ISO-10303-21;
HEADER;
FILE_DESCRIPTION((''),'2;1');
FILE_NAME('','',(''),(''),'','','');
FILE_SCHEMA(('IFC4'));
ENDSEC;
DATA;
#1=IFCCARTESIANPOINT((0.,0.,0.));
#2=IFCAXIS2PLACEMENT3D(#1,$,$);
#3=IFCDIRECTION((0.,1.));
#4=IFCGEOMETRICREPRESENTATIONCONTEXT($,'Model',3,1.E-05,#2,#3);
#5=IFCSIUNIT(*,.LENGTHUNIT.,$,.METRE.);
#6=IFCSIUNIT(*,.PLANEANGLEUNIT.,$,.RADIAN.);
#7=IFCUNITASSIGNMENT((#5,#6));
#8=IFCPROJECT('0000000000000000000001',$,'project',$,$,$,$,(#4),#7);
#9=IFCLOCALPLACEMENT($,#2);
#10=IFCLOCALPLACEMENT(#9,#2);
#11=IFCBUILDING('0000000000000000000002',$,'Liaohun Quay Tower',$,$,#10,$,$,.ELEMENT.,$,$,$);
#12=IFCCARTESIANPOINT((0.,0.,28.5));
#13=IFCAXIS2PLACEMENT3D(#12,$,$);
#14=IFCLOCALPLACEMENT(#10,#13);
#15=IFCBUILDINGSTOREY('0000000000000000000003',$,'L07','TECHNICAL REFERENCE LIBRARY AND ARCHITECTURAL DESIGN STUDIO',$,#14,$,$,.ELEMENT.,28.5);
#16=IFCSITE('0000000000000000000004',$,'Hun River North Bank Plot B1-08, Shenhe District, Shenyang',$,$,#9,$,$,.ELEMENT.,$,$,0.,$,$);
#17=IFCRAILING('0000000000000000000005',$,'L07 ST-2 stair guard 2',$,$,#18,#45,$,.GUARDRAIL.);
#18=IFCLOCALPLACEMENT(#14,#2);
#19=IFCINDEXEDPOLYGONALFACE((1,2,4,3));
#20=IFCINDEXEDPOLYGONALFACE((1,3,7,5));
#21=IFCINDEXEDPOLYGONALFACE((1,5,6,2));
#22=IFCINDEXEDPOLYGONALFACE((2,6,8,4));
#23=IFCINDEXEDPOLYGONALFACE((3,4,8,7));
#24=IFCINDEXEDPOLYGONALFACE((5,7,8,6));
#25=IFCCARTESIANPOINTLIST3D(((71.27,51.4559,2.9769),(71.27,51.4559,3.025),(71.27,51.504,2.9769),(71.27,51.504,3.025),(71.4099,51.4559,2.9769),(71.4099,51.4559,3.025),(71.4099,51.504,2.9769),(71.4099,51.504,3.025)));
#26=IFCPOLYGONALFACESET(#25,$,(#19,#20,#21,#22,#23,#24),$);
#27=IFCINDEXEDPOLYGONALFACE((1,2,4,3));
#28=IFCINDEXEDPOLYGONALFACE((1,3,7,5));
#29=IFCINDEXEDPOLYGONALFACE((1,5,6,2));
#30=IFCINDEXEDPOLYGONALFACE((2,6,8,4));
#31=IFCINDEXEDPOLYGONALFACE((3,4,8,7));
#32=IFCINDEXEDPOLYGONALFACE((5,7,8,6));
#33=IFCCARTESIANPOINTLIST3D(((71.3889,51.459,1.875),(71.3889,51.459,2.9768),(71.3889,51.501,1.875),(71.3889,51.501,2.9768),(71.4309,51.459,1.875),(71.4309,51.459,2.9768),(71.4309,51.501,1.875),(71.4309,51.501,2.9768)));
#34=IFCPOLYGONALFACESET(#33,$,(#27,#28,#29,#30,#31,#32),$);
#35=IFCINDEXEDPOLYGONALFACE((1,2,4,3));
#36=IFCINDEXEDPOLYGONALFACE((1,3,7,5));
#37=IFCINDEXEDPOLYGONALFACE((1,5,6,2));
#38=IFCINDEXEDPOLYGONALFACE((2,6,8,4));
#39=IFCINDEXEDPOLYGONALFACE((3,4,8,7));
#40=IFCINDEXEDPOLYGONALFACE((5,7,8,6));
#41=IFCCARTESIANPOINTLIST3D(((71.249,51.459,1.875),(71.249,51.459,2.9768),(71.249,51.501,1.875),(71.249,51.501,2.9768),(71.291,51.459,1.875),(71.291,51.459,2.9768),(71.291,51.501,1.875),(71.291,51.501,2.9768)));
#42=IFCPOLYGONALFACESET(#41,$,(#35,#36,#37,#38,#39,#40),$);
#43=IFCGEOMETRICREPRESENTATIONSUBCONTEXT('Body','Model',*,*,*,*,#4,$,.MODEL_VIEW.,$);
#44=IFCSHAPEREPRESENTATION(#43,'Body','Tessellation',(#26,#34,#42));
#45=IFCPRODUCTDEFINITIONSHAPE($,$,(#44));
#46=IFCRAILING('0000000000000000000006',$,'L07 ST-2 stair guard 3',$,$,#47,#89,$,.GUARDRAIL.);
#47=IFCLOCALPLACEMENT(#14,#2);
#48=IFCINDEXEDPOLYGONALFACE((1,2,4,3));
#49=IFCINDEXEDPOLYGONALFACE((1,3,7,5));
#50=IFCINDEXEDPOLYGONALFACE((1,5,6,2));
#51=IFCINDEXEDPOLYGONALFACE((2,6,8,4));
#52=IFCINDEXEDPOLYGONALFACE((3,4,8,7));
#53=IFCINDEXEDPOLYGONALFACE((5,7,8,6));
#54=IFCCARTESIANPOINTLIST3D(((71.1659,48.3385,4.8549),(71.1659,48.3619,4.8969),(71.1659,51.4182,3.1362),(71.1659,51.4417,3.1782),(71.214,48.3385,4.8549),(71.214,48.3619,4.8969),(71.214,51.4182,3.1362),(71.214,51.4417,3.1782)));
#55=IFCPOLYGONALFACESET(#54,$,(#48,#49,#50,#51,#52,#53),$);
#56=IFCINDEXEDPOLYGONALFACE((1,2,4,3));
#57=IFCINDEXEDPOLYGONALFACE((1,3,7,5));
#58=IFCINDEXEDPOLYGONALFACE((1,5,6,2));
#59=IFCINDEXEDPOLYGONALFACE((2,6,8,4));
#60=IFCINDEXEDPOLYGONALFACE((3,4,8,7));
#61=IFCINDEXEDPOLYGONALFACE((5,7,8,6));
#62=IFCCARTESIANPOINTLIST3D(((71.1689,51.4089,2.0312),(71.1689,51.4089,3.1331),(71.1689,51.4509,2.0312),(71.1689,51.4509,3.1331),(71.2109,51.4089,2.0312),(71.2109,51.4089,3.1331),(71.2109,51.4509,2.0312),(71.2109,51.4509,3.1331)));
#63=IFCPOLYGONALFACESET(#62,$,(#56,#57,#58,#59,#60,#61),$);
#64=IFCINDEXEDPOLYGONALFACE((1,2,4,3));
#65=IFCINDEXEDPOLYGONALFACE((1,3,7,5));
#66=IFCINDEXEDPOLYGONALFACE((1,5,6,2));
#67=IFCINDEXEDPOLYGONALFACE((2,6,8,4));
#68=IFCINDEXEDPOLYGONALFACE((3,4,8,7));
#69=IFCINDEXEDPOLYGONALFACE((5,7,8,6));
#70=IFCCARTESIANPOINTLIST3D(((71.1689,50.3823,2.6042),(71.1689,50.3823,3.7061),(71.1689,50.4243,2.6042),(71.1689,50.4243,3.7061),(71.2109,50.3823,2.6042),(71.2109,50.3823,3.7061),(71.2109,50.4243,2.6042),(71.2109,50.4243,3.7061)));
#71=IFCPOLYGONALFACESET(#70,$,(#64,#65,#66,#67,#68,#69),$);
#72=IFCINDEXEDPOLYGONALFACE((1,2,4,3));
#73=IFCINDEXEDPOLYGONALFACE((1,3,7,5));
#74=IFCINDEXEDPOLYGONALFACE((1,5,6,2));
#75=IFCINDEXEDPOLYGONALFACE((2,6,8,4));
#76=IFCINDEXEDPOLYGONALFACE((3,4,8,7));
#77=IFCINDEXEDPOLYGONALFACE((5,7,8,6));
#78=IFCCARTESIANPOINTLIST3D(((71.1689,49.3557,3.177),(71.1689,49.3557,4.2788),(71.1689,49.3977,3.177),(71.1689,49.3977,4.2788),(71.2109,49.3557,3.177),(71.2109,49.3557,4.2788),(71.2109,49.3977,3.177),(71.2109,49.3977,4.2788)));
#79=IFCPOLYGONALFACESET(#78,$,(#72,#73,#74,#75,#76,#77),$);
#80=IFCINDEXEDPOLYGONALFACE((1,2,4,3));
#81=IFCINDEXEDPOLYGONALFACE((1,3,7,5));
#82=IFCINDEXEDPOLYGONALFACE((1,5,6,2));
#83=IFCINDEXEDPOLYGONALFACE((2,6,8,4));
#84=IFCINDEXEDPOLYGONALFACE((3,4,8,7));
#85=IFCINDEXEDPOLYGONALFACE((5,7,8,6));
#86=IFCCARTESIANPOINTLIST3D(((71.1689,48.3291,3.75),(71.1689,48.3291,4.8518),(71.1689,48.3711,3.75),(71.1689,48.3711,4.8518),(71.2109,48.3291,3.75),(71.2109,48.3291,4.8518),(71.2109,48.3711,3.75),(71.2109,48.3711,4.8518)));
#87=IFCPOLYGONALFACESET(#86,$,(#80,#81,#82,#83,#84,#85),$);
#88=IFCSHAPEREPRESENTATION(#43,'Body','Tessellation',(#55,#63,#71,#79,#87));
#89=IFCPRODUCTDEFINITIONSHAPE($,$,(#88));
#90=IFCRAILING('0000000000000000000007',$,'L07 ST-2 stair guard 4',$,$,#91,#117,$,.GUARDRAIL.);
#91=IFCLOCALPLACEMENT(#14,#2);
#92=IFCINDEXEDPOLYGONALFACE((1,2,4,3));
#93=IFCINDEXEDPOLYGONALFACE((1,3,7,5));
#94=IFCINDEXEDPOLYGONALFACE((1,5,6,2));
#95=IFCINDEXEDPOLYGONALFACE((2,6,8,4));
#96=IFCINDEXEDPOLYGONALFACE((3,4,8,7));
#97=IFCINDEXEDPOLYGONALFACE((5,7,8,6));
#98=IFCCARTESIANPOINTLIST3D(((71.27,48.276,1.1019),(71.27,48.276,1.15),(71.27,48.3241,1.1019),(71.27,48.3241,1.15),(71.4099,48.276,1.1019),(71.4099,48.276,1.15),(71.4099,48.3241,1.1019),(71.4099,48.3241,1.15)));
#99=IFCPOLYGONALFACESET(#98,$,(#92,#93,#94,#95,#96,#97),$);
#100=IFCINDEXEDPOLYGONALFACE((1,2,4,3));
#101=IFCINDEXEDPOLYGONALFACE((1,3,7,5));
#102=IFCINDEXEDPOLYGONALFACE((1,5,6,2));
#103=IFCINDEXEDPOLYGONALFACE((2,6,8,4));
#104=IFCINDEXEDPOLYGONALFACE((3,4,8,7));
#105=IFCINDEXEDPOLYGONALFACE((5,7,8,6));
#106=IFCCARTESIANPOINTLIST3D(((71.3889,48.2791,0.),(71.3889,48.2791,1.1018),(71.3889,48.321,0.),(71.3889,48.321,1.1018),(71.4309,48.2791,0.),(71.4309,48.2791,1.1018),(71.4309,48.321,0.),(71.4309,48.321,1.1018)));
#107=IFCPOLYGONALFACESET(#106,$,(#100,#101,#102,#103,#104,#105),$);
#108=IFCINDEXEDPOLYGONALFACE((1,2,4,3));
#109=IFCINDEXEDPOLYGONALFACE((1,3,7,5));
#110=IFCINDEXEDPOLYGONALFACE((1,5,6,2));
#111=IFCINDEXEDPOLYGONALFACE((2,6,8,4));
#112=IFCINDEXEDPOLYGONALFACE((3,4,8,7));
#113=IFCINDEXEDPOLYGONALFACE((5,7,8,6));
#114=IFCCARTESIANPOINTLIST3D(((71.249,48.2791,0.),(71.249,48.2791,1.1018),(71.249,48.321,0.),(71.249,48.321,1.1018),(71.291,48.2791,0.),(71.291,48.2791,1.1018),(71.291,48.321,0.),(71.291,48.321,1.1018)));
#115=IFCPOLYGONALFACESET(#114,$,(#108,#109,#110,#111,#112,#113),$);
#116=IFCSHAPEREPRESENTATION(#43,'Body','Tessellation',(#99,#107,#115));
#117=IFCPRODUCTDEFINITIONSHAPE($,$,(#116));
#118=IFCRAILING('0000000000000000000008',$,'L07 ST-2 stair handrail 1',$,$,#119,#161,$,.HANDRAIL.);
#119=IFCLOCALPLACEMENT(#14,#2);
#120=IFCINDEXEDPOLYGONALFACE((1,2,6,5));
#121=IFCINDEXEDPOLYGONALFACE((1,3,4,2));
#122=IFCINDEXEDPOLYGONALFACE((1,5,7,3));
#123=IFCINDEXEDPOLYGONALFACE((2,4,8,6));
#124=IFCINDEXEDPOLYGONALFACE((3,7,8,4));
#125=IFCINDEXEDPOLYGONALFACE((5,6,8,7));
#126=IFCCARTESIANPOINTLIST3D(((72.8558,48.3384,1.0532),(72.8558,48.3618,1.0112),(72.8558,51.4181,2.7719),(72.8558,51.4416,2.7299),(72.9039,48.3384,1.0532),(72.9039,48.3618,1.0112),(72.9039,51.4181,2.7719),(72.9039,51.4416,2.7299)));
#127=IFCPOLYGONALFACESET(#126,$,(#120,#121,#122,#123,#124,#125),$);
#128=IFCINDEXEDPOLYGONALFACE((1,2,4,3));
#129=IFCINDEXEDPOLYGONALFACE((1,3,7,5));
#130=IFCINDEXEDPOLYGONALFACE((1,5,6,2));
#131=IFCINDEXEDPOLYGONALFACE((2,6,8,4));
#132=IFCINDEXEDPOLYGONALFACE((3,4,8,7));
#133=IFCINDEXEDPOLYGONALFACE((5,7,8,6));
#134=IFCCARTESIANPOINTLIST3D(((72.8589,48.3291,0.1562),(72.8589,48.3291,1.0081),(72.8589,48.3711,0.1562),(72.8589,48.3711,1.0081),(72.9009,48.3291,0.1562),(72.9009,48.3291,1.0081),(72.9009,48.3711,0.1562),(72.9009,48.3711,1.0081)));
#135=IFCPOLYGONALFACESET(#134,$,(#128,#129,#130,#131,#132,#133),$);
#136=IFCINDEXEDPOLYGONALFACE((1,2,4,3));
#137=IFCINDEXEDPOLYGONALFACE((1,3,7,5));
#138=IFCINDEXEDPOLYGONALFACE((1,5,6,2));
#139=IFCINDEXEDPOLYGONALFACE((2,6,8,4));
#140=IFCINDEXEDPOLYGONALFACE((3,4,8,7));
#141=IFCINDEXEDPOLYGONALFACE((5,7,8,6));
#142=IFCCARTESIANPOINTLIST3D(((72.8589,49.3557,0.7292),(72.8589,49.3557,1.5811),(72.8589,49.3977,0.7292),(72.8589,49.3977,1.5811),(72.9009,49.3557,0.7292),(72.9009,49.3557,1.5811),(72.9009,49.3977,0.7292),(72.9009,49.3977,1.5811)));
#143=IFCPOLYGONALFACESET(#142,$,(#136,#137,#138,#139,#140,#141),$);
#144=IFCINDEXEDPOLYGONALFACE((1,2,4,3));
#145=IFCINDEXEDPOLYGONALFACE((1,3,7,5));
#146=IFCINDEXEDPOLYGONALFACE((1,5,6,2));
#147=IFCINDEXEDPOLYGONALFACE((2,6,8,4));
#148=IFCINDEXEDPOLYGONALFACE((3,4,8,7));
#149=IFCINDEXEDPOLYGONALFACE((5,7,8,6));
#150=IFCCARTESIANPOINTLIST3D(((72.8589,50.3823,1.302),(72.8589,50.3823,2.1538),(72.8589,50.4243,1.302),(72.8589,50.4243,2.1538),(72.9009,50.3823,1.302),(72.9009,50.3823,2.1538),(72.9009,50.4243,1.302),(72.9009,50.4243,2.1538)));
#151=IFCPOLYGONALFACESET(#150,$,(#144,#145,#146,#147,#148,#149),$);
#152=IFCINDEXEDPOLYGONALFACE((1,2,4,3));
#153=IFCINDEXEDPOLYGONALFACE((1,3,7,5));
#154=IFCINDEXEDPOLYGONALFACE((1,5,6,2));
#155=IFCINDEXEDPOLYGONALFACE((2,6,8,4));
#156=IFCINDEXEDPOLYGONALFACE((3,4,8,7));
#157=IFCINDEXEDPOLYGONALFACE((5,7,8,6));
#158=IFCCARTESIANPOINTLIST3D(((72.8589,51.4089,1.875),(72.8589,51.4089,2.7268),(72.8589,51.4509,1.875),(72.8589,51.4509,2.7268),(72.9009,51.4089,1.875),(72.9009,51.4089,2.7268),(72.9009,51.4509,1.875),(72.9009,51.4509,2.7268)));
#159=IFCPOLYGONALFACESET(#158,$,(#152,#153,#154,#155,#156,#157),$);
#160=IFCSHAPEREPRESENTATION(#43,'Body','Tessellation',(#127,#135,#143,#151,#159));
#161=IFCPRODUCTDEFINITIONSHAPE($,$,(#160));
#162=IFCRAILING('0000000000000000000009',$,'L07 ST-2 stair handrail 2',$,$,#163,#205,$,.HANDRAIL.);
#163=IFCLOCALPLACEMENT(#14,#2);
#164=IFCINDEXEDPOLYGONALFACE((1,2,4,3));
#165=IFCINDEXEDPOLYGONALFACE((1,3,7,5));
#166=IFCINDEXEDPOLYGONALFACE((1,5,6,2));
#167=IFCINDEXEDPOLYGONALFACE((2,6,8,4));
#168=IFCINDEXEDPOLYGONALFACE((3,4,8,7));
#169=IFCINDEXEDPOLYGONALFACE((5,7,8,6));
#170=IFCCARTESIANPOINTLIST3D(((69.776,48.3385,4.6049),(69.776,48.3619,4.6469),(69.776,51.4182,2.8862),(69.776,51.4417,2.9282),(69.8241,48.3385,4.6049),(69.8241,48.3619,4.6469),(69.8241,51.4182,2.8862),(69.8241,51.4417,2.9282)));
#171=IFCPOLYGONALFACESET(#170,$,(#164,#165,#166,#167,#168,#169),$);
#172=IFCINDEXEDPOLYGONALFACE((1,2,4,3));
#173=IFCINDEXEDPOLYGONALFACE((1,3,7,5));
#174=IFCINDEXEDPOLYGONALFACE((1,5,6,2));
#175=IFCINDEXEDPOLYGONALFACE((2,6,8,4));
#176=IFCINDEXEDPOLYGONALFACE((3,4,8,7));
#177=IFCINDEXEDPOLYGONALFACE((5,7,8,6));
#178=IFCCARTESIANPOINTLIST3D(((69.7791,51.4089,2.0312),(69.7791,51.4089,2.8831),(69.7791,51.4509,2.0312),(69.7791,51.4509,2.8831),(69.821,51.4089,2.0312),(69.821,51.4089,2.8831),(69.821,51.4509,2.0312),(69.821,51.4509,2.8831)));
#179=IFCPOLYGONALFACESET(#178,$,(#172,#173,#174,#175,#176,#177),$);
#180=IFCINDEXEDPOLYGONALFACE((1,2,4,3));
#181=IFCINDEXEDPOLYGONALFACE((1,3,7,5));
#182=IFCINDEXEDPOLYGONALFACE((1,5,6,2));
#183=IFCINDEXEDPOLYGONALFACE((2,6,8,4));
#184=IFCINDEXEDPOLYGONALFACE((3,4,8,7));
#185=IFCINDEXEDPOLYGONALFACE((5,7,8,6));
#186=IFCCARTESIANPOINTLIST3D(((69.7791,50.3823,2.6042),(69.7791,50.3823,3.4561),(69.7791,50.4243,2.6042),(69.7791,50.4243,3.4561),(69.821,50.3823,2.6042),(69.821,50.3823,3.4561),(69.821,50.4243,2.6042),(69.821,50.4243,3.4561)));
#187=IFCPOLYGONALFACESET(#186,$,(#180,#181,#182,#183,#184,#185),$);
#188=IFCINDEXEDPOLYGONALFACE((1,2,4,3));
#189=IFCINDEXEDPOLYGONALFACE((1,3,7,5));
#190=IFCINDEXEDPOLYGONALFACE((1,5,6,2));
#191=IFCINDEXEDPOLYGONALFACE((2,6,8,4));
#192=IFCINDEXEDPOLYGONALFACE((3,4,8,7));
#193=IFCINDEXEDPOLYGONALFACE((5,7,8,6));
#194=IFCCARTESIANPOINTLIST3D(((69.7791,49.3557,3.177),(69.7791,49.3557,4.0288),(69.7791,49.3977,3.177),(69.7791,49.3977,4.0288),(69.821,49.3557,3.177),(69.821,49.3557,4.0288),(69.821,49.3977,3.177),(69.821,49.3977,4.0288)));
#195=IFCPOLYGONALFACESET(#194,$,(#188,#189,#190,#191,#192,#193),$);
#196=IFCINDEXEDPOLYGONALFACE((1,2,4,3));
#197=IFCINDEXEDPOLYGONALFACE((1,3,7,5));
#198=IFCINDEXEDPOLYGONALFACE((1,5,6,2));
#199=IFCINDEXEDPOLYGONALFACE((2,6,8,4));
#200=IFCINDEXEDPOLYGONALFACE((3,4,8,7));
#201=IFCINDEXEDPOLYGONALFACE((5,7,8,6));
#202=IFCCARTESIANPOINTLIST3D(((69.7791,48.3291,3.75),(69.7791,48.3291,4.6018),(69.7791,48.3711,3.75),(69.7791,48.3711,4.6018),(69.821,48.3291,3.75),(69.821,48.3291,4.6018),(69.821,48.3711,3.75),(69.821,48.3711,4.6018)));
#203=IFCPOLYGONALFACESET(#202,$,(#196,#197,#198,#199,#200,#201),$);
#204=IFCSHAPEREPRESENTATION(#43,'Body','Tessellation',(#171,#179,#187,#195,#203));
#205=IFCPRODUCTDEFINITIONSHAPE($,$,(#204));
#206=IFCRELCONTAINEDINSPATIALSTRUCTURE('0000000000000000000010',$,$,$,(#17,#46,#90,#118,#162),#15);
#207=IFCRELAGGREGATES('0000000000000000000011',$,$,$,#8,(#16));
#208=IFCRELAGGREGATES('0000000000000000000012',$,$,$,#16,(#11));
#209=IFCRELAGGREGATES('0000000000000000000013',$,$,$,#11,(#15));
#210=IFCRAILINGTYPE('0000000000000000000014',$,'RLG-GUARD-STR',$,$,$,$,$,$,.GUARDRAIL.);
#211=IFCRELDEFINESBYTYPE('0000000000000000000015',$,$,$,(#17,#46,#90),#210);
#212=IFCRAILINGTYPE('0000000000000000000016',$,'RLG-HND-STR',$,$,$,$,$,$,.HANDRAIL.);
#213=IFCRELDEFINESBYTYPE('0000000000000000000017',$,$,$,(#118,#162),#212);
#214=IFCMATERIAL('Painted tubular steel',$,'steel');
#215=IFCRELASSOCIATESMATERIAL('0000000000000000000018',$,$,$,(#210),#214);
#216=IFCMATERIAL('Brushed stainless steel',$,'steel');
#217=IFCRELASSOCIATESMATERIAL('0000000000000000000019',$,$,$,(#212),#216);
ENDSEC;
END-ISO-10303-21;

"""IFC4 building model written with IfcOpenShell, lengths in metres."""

from ifc_helpers import new_model, si_unit, direction, frame, origin, origin_2d, place, context, subcontext, project, spatial, rectangle, extrude, material, type_object, element, save


model = new_model("IFC4")

# Units and contexts
model_context = context("Model", 3, precision=1e-05, world=origin(), true_north=direction((0.0, 1.0)))
body_context = subcontext(model_context, "Body", "Model", "MODEL_VIEW")
ifc_project = project(units=[si_unit("LENGTHUNIT", "METRE"), si_unit("PLANEANGLEUNIT", "RADIAN")], contexts=[model_context])

# Site, building, storey
site_placement = place(None, origin())
site = spatial("IfcSite", under=ifc_project, at=site_placement, Name="Hun River North Bank Plot B1-08, Shenhe District, Shenyang", CompositionType="ELEMENT", RefElevation=0.0)
building_placement = place(site_placement, origin())
building = spatial("IfcBuilding", under=site, at=building_placement, Name="Liaohun Quay Tower", CompositionType="ELEMENT")
storey_placement = place(building_placement, frame((0.0, 0.0, 28.5)))
storey = spatial("IfcBuildingStorey", under=building, at=storey_placement, Name="L07", Description="TECHNICAL REFERENCE LIBRARY AND ARCHITECTURAL DESIGN STUDIO", CompositionType="ELEMENT", Elevation=28.5)

# Railings
ifc_material_1 = material(Name="Painted tubular steel", Category="steel")
railing_type_1 = type_object("IfcRailingType", Name="RLG-GUARD-STR", PredefinedType="GUARDRAIL", material=ifc_material_1)
railing_1_placement = place(storey_placement, frame((71.4099, 51.48, 1.875)))
element("IfcRailing", 1, at=railing_1_placement, inside=storey, type_object=railing_type_1, Name="L07 ST-2 stair guard 2", PredefinedType="GUARDRAIL", context=body_context, shape_type="SweptSolid", body=[
    extrude(rectangle(XDim=0.0481, YDim=0.0481, at=origin_2d()), frame((0.0, 0.0, 1.126), z_axis=(-1.0, 0.0, 0.0), x_axis=(0.0, -1.0, 0.0)), (0.0, 0.0, 1.0), 0.1399),
    extrude(rectangle(XDim=0.042, YDim=0.042, at=origin_2d()), origin(), (0.0, 0.0, 1.0), 1.1018),
    extrude(rectangle(XDim=0.042, YDim=0.042, at=origin_2d()), frame((-0.1399, 0.0, 0.0)), (0.0, 0.0, 1.0), 1.1018),
])
railing_2_placement = place(storey_placement, frame((71.1899, 51.4299, 2.0312)))
element("IfcRailing", 2, at=railing_2_placement, inside=storey, type_object=railing_type_1, Name="L07 ST-2 stair guard 3", PredefinedType="GUARDRAIL", context=body_context, shape_type="SweptSolid", body=[
    extrude(rectangle(XDim=0.0481, YDim=0.0481, at=origin_2d()), frame((0.0, 0.0, 1.126), z_axis=(0.0, -0.873225, 0.487317), x_axis=(1.0, 0.0, 0.0)), (0.0, 0.0, 1.0), 3.5269),
    extrude(rectangle(XDim=0.042, YDim=0.042, at=origin_2d()), origin(), (0.0, 0.0, 1.0), 1.1018),
    extrude(rectangle(XDim=0.042, YDim=0.042, at=origin_2d()), frame((0.0, -1.0266, 0.573)), (0.0, 0.0, 1.0), 1.1018),
    extrude(rectangle(XDim=0.042, YDim=0.042, at=origin_2d()), frame((0.0, -2.0532, 1.1458)), (0.0, 0.0, 1.0), 1.1018),
    extrude(rectangle(XDim=0.042, YDim=0.042, at=origin_2d()), frame((0.0, -3.0798, 1.7188)), (0.0, 0.0, 1.0), 1.1018),
])
railing_3_placement = place(storey_placement, frame((71.4099, 48.3, 0.0)))
element("IfcRailing", 3, at=railing_3_placement, inside=storey, type_object=railing_type_1, Name="L07 ST-2 stair guard 4", PredefinedType="GUARDRAIL", context=body_context, shape_type="SweptSolid", body=[
    extrude(rectangle(XDim=0.0481, YDim=0.0481, at=origin_2d()), frame((0.0, 0.0, 1.126), z_axis=(-1.0, 0.0, 0.0), x_axis=(0.0, -1.0, 0.0)), (0.0, 0.0, 1.0), 0.1399),
    extrude(rectangle(XDim=0.042, YDim=0.042, at=origin_2d()), origin(), (0.0, 0.0, 1.0), 1.1018),
    extrude(rectangle(XDim=0.042, YDim=0.042, at=origin_2d()), frame((-0.1399, 0.0, 0.0)), (0.0, 0.0, 1.0), 1.1018),
])
ifc_material_2 = material(Name="Brushed stainless steel", Category="steel")
railing_type_2 = type_object("IfcRailingType", Name="RLG-HND-STR", PredefinedType="HANDRAIL", material=ifc_material_2)
railing_4_placement = place(storey_placement, frame((72.8799, 48.3501, 0.1562)))
element("IfcRailing", 4, at=railing_4_placement, inside=storey, type_object=railing_type_2, Name="L07 ST-2 stair handrail 1", PredefinedType="HANDRAIL", context=body_context, shape_type="SweptSolid", body=[
    extrude(rectangle(XDim=0.0481, YDim=0.0481, at=origin_2d()), frame((0.0, 0.0, 0.876), z_axis=(0.0, 0.873225, 0.487317), x_axis=(-1.0, 0.0, 0.0)), (0.0, 0.0, 1.0), 3.5269),
    extrude(rectangle(XDim=0.042, YDim=0.042, at=origin_2d()), origin(), (0.0, 0.0, 1.0), 0.8518),
    extrude(rectangle(XDim=0.042, YDim=0.042, at=origin_2d()), frame((0.0, 1.0266, 0.573)), (0.0, 0.0, 1.0), 0.8518),
    extrude(rectangle(XDim=0.042, YDim=0.042, at=origin_2d()), frame((0.0, 2.0532, 1.1458)), (0.0, 0.0, 1.0), 0.8518),
    extrude(rectangle(XDim=0.042, YDim=0.042, at=origin_2d()), frame((0.0, 3.0798, 1.7188)), (0.0, 0.0, 1.0), 0.8518),
])
railing_5_placement = place(storey_placement, frame((69.8, 51.4299, 2.0312)))
element("IfcRailing", 5, at=railing_5_placement, inside=storey, type_object=railing_type_2, Name="L07 ST-2 stair handrail 2", PredefinedType="HANDRAIL", context=body_context, shape_type="SweptSolid", body=[
    extrude(rectangle(XDim=0.0481, YDim=0.0481, at=origin_2d()), frame((0.0, 0.0, 0.876), z_axis=(0.0, -0.873225, 0.487317), x_axis=(1.0, 0.0, 0.0)), (0.0, 0.0, 1.0), 3.5269),
    extrude(rectangle(XDim=0.042, YDim=0.042, at=origin_2d()), origin(), (0.0, 0.0, 1.0), 0.8518),
    extrude(rectangle(XDim=0.042, YDim=0.042, at=origin_2d()), frame((0.0, -1.0266, 0.573)), (0.0, 0.0, 1.0), 0.8518),
    extrude(rectangle(XDim=0.042, YDim=0.042, at=origin_2d()), frame((0.0, -2.0532, 1.1458)), (0.0, 0.0, 1.0), 0.8518),
    extrude(rectangle(XDim=0.042, YDim=0.042, at=origin_2d()), frame((0.0, -3.0798, 1.7188)), (0.0, 0.0, 1.0), 0.8518),
])

save(model, "model.ifc")
